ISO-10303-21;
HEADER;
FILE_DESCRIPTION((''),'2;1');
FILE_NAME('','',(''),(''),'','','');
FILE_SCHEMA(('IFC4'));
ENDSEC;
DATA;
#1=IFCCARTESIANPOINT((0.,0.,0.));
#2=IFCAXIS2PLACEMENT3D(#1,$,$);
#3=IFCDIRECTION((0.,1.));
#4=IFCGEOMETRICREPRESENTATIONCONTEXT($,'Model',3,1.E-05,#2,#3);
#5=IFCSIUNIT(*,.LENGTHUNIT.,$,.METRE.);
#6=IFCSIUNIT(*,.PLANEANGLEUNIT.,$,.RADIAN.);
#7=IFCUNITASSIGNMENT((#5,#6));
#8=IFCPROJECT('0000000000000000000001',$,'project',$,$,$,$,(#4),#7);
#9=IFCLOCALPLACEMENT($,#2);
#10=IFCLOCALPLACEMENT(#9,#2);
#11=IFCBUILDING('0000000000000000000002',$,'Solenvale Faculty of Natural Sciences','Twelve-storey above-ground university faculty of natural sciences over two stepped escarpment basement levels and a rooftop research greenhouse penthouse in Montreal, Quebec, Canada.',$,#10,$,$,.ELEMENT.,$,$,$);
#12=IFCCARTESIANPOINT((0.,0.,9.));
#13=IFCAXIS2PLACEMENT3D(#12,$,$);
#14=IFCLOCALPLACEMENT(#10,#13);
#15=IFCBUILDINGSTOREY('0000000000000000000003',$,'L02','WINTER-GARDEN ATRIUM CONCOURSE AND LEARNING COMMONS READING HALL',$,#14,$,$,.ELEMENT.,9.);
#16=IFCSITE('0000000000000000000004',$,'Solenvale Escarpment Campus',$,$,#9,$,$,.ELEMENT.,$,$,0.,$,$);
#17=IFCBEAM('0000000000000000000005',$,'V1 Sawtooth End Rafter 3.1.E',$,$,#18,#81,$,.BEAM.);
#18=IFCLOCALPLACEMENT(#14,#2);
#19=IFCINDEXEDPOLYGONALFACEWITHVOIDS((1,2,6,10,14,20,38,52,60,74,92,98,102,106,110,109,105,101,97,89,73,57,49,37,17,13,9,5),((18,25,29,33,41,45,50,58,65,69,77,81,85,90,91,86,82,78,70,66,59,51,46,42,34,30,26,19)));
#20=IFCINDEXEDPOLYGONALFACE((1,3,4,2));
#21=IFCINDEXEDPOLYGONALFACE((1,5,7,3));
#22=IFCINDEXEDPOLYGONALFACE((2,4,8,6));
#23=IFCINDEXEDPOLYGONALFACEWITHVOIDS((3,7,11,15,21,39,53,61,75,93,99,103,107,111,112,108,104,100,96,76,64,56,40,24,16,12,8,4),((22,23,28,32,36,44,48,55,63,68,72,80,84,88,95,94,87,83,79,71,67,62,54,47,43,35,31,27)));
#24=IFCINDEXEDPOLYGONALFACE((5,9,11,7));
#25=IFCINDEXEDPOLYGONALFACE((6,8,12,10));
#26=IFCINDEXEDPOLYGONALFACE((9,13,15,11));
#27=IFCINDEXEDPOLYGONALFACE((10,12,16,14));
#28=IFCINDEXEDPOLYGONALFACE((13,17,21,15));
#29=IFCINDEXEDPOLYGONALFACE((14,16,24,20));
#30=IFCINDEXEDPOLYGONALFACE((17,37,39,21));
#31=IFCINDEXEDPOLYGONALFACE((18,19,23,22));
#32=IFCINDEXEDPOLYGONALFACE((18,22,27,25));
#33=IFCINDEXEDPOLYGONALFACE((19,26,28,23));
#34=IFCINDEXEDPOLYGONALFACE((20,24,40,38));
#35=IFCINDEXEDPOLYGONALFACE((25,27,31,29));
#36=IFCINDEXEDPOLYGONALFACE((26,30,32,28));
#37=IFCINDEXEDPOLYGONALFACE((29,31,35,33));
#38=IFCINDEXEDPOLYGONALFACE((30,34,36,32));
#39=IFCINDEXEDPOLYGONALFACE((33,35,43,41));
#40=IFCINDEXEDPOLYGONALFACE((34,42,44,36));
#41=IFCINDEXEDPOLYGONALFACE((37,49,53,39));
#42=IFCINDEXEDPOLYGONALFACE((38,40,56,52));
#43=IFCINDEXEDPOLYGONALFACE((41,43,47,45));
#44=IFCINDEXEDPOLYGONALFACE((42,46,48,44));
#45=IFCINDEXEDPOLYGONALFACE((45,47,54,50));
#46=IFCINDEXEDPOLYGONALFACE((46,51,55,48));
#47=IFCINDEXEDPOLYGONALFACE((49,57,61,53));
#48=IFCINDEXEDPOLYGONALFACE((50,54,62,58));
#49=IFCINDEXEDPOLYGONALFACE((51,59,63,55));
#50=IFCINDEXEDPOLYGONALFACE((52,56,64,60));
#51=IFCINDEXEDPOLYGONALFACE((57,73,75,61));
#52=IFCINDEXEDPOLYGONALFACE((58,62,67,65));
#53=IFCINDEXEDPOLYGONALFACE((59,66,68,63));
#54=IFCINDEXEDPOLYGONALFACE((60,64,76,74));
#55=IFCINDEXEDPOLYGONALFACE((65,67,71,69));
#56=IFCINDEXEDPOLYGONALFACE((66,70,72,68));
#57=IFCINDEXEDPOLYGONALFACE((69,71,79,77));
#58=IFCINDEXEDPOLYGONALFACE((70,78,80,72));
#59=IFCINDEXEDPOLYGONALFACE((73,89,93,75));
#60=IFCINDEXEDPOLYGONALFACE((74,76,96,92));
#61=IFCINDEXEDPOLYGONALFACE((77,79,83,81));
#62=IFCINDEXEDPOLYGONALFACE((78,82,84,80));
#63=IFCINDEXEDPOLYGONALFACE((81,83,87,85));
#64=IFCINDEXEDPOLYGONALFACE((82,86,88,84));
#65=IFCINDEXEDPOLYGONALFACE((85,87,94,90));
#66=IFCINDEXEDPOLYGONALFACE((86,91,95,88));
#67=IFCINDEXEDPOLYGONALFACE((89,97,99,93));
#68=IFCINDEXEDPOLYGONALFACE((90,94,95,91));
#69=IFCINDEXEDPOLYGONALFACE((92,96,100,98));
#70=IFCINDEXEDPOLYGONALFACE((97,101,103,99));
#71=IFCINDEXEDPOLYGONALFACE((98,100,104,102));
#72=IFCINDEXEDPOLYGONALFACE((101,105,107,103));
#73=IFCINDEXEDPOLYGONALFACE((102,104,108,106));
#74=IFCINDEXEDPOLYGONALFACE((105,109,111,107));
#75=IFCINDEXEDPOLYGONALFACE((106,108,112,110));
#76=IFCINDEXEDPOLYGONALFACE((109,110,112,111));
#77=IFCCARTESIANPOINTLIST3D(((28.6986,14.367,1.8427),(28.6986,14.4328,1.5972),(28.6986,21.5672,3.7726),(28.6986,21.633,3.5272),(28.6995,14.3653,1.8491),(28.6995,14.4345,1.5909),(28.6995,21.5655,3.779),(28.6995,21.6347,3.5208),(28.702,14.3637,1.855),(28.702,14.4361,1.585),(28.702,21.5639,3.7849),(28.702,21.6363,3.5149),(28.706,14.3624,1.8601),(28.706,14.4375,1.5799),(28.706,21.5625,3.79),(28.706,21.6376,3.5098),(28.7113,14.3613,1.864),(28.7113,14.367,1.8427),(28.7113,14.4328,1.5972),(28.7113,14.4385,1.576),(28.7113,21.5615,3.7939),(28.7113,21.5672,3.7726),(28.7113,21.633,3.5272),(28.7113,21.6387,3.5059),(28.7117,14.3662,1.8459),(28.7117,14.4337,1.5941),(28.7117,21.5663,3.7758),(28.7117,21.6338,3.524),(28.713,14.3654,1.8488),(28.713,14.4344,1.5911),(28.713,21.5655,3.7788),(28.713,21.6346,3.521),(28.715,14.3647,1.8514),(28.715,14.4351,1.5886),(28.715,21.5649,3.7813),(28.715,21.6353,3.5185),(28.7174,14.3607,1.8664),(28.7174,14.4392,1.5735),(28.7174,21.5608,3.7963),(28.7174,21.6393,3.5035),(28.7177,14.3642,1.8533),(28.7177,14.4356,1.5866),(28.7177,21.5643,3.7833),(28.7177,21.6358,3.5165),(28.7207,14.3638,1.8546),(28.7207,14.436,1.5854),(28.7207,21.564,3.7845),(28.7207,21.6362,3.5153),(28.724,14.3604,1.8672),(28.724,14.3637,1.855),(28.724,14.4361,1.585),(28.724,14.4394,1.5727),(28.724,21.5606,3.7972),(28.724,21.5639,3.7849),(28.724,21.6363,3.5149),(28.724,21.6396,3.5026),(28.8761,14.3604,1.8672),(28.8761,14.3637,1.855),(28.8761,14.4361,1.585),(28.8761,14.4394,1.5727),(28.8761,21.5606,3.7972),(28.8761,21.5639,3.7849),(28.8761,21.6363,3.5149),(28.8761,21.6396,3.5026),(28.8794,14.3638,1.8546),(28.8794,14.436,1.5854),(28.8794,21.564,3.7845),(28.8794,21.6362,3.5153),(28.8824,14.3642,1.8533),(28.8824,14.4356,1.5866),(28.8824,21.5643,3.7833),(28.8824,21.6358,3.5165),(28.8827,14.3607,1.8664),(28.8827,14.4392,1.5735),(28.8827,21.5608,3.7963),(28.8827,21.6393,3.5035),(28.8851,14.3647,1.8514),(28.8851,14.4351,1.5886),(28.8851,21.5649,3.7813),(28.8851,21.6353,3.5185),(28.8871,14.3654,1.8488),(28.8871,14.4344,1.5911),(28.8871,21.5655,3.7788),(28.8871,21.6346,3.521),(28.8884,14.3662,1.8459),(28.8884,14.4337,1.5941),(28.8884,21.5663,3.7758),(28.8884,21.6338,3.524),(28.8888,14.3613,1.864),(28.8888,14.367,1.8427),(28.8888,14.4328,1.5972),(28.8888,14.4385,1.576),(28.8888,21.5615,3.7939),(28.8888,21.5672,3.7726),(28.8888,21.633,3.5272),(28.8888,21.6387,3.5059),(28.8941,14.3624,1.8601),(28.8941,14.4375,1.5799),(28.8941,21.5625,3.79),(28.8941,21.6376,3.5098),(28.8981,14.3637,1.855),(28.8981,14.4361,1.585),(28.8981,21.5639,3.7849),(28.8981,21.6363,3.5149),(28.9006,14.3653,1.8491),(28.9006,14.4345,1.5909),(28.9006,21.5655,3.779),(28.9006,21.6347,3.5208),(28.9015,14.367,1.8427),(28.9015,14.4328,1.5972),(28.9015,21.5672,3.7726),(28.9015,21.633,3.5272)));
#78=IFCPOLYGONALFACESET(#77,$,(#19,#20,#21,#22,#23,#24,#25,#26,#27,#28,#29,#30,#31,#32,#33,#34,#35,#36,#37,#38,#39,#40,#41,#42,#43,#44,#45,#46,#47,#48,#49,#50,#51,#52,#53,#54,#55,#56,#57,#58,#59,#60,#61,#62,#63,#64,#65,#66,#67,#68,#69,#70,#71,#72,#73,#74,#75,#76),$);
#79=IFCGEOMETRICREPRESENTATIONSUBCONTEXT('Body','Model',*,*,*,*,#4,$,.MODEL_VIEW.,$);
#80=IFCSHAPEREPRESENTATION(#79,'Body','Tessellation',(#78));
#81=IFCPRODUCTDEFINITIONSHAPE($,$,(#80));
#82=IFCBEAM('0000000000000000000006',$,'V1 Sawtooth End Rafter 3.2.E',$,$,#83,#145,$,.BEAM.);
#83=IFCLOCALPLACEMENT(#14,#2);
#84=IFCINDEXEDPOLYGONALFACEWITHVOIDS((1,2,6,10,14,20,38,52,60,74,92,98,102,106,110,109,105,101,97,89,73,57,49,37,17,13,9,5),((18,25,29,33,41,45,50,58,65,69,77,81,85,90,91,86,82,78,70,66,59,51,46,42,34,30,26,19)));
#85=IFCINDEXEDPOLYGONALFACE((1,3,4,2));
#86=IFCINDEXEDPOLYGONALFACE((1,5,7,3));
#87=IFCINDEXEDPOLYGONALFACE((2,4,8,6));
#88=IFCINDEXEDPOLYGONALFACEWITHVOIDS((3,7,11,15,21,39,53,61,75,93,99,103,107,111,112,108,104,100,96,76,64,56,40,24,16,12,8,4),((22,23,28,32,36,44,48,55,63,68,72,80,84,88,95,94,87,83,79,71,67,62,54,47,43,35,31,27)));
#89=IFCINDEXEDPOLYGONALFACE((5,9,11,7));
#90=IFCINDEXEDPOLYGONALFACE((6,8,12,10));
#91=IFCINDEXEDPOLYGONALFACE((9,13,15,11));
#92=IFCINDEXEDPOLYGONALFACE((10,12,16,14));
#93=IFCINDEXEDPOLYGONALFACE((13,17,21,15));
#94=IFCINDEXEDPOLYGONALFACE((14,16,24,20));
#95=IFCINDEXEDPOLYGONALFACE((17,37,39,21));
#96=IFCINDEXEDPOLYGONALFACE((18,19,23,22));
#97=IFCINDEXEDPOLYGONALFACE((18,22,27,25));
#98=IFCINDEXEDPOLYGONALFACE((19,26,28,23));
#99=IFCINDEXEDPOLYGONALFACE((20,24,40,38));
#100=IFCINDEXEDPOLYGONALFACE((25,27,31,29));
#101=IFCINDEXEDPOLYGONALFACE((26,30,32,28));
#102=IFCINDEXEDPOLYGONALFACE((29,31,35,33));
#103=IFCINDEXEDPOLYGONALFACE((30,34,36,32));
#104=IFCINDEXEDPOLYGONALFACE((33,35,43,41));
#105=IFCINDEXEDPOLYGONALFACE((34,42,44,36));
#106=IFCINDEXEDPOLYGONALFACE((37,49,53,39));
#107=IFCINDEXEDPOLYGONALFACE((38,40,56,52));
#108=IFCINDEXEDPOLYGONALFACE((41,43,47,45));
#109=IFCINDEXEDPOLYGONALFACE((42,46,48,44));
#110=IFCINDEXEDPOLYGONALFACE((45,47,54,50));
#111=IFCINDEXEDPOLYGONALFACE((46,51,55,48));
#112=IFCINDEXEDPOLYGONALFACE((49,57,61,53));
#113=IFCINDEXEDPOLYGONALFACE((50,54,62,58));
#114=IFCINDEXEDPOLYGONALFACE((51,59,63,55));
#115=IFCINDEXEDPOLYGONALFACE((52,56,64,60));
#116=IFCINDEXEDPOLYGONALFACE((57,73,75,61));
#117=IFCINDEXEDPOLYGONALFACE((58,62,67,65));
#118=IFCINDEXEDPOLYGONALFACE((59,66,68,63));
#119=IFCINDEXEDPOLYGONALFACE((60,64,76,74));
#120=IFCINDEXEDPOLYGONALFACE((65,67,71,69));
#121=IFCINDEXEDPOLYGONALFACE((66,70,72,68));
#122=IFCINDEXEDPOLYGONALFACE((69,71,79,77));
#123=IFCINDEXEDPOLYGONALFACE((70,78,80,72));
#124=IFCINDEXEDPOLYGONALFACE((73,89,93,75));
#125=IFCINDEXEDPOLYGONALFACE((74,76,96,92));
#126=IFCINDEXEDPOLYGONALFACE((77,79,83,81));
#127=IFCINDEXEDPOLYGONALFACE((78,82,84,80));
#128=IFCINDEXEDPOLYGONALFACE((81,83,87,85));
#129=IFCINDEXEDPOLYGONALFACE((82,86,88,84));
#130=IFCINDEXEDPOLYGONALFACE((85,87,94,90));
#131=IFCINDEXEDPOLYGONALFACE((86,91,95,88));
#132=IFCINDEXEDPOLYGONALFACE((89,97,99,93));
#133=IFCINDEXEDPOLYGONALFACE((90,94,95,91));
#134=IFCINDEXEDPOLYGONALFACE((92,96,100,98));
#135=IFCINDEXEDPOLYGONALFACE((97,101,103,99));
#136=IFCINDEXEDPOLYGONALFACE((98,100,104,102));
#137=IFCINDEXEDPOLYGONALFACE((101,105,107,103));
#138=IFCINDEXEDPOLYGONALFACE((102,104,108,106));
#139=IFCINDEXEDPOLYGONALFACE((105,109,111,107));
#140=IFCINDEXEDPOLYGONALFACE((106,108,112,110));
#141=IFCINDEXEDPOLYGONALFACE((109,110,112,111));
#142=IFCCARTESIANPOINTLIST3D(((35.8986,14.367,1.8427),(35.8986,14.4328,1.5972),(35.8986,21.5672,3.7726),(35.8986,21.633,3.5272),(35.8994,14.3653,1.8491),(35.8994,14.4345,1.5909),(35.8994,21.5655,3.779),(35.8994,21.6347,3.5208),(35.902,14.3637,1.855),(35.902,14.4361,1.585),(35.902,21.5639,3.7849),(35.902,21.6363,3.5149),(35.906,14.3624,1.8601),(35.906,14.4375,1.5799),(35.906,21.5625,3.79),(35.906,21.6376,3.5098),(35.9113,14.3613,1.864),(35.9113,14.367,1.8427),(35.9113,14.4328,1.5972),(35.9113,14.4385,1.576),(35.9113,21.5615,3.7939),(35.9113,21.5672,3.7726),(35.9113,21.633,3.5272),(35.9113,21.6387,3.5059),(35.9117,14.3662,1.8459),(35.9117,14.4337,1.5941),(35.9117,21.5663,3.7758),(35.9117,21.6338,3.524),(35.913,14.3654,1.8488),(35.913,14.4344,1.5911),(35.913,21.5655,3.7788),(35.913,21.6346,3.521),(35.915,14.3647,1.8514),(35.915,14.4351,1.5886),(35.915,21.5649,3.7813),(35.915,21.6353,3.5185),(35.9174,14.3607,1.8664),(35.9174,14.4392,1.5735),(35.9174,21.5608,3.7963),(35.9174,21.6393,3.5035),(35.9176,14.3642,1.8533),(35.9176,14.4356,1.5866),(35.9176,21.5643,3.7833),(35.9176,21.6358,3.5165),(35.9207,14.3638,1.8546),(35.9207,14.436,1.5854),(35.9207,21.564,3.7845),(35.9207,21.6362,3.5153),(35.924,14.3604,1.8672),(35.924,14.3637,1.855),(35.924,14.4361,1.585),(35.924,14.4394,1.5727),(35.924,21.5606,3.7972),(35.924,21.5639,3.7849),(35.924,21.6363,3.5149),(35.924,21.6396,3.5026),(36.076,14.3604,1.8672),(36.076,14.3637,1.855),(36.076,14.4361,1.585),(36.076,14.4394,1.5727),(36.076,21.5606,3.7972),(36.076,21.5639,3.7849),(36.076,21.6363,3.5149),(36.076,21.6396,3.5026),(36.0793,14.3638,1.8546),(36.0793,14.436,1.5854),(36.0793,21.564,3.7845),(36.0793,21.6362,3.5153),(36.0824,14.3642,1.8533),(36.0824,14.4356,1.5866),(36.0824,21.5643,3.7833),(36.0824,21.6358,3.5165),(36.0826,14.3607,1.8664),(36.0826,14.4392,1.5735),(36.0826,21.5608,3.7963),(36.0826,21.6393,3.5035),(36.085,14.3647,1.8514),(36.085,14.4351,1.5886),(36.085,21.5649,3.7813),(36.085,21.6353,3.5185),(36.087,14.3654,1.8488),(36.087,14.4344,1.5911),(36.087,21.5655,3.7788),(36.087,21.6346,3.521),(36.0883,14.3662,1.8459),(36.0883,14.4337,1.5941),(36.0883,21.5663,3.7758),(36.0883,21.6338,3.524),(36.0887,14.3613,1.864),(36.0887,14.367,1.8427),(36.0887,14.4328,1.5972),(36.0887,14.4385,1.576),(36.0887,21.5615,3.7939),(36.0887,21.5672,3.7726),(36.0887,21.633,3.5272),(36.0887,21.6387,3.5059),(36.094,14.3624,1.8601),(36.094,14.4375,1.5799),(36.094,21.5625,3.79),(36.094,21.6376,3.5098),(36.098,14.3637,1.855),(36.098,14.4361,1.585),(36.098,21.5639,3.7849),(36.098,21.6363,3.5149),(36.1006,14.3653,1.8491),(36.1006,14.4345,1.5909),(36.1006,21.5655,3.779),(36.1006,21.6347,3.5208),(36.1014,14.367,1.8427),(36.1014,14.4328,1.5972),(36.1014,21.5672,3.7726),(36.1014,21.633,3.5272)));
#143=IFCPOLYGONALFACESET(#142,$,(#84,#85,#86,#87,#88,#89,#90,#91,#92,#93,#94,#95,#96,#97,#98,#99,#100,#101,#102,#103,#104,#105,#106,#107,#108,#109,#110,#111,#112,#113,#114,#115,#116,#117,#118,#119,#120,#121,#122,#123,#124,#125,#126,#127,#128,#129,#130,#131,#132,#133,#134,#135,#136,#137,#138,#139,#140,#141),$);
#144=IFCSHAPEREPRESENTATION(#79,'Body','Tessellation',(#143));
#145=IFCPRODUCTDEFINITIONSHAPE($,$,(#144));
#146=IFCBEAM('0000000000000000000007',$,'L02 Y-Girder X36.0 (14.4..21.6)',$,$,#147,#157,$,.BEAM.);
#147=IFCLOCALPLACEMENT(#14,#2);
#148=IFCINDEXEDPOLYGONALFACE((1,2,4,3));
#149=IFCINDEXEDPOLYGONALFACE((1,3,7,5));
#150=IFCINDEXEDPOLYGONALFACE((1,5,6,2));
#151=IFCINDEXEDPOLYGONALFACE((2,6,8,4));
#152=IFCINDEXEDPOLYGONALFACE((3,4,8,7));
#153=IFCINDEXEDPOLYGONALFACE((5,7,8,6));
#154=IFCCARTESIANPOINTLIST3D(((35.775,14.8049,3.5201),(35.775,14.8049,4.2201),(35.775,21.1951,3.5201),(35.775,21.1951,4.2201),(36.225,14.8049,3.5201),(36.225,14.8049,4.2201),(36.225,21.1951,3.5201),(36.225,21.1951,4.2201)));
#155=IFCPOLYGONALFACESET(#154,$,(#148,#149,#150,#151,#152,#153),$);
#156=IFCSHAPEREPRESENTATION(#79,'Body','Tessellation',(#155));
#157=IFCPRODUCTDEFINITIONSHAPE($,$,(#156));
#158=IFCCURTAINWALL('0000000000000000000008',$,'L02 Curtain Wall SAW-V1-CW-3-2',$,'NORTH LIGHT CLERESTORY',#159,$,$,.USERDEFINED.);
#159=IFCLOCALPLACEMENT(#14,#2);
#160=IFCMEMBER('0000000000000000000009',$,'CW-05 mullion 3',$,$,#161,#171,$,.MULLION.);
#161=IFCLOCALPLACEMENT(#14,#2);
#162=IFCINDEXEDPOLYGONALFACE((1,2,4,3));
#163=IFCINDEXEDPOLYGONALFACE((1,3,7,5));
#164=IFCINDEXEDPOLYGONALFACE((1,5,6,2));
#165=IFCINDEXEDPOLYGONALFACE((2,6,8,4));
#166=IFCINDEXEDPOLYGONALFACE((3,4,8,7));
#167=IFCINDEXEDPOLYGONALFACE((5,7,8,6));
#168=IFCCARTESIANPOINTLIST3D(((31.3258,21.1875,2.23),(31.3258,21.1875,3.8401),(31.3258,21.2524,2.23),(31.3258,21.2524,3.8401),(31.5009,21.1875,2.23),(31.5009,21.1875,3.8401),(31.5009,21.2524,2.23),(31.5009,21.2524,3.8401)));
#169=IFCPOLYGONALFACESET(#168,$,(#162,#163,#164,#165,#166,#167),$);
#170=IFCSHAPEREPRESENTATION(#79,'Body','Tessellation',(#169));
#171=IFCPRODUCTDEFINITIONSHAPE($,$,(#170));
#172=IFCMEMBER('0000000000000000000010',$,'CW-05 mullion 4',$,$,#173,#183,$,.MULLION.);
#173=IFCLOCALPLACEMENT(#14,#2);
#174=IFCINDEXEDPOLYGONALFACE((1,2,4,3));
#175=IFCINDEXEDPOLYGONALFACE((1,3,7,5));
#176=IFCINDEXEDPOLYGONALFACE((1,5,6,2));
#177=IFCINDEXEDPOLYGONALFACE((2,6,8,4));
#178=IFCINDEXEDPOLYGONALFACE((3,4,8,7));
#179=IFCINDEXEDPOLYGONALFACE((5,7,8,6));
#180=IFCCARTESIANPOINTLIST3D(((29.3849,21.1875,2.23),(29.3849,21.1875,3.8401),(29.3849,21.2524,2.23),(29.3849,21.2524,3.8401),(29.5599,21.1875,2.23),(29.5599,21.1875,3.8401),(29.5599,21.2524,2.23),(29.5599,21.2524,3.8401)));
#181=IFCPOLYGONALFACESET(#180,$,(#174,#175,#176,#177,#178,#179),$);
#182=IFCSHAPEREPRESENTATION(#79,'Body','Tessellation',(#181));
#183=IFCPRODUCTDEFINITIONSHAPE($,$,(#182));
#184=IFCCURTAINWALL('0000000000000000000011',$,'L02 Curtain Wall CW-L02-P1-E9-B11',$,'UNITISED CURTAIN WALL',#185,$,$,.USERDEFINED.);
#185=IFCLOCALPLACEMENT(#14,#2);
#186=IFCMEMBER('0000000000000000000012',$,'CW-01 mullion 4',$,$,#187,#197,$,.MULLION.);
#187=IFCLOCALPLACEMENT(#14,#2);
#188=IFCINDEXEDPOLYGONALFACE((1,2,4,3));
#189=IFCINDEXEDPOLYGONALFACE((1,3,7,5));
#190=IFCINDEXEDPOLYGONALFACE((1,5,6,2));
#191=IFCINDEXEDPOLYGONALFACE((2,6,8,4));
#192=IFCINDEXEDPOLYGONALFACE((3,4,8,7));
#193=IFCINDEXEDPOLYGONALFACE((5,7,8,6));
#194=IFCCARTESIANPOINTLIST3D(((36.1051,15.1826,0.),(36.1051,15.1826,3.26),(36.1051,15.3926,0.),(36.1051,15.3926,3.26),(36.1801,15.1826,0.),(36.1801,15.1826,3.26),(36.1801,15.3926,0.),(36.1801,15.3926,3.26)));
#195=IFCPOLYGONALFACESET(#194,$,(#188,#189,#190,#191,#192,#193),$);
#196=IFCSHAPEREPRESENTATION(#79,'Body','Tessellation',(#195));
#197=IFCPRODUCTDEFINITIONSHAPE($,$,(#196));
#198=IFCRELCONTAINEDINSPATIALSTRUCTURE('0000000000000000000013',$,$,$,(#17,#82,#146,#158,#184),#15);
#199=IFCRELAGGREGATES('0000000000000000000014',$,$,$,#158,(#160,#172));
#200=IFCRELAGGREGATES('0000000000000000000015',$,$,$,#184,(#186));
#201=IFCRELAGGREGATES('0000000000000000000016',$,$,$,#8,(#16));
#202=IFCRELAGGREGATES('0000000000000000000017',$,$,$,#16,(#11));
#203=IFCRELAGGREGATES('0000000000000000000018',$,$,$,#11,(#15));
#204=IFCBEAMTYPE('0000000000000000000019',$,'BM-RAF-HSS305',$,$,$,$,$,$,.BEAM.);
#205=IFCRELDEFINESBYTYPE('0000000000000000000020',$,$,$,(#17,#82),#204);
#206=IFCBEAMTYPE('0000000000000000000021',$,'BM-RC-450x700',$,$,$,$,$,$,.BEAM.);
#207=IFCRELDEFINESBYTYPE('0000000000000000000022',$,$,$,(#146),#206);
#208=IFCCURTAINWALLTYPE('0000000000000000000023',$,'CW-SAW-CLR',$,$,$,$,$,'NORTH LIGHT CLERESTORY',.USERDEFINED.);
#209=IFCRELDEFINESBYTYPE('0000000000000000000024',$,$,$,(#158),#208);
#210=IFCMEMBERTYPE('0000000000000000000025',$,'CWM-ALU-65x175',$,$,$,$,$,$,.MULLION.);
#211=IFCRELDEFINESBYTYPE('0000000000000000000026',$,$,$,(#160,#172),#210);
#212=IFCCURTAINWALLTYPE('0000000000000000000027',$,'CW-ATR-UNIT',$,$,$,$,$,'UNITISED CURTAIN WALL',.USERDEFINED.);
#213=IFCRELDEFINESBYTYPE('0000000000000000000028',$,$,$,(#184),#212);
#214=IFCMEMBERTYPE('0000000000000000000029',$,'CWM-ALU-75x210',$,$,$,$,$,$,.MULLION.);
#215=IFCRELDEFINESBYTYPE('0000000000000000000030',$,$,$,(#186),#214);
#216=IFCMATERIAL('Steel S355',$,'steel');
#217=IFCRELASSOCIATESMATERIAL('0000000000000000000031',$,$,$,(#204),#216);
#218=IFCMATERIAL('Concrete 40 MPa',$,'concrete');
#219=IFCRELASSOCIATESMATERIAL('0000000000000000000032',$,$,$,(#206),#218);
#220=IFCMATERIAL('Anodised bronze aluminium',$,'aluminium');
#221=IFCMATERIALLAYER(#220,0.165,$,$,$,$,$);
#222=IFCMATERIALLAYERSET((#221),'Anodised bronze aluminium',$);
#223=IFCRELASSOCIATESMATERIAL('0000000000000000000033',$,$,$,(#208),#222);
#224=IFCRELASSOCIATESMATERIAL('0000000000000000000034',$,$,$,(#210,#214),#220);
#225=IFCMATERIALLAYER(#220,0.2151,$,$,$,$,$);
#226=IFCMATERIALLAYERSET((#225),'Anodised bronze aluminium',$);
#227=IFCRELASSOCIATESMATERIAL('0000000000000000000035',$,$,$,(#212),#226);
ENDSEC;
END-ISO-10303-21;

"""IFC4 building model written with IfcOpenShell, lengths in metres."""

from ifc_helpers import new_model, si_unit, direction, frame, origin, origin_2d, place, context, subcontext, project, spatial, rectangle, hollow_rectangle, extrude, material, layer, layer_set, material_profile, profile_set, type_object, element, aggregate, save


model = new_model("IFC4")

# Units and contexts
model_context = context("Model", 3, precision=1e-05, world=origin(), true_north=direction((0.0, 1.0)))
body_context = subcontext(model_context, "Body", "Model", "MODEL_VIEW")
ifc_project = project(units=[si_unit("LENGTHUNIT", "METRE"), si_unit("PLANEANGLEUNIT", "RADIAN")], contexts=[model_context])

# Site, building, storey
site_placement = place(None, origin())
site = spatial("IfcSite", under=ifc_project, at=site_placement, Name="Solenvale Escarpment Campus", CompositionType="ELEMENT", RefElevation=0.0)
building_placement = place(site_placement, origin())
building = spatial("IfcBuilding", under=site, at=building_placement, Name="Solenvale Faculty of Natural Sciences", Description="Twelve-storey above-ground university faculty of natural sciences over two stepped escarpment basement levels and a rooftop research greenhouse penthouse in Montreal, Quebec, Canada.", CompositionType="ELEMENT")
storey_placement = place(building_placement, frame((0.0, 0.0, 9.0)))
storey = spatial("IfcBuildingStorey", under=building, at=storey_placement, Name="L02", Description="WINTER-GARDEN ATRIUM CONCOURSE AND LEARNING COMMONS READING HALL", CompositionType="ELEMENT", Elevation=9.0)

# Beams
ifc_material_1 = material(Name="Steel S355", Category="steel")
ifc_material_profile_1 = material_profile(ifc_material_1, hollow_rectangle(XDim=0.2029, YDim=0.3049, WallThickness=0.0127, InnerFilletRadius=0.0127, OuterFilletRadius=0.0254, at=origin_2d()), Name="HSS305x203x13")
ifc_profile_set_1 = profile_set([ifc_material_profile_1], Name="Steel S355")
beam_type_1 = type_object("IfcBeamType", Name="BM-RAF-HSS305", PredefinedType="BEAM", material=ifc_profile_set_1)
for number, where, z_axis, x_axis, name in (
    (1, (28.8, 14.3999, 1.72), (0.0, 0.965904, 0.2589), (-1.0, 0.0, 0.0), "V1 Sawtooth End Rafter 3.1.E"),
    (2, (36.0, 14.3999, 1.72), (0.0, 0.965904, 0.2589), (-1.0, 0.0, 0.0), "V1 Sawtooth End Rafter 3.2.E"),
):
    element("IfcBeam", number, at=place(storey_placement, frame(where, z_axis=z_axis, x_axis=x_axis)), inside=storey, type_object=beam_type_1, Name=name, PredefinedType="BEAM", context=body_context, shape_type="SweptSolid", body=[
        extrude(hollow_rectangle(XDim=0.2029, YDim=0.3049, WallThickness=0.0127, InnerFilletRadius=0.0127, OuterFilletRadius=0.0254, at=origin_2d()), origin(), (0.0, 0.0, 1.0), 7.4543),
    ])
ifc_material_2 = material(Name="Concrete 40 MPa", Category="concrete")
ifc_material_profile_2 = material_profile(ifc_material_2, rectangle(XDim=0.45, YDim=0.7, at=origin_2d()), Name="RC-BM-450x700")
ifc_profile_set_2 = profile_set([ifc_material_profile_2], Name="Concrete 40 MPa")
beam_type_2 = type_object("IfcBeamType", Name="BM-RC-450x700", PredefinedType="BEAM", material=ifc_profile_set_2)
beam_placement = place(storey_placement, frame((36.0, 14.8049, 3.8701), z_axis=(0.0, 1.0, 0.0), x_axis=(-1.0, 0.0, 0.0)))
element("IfcBeam", 3, at=beam_placement, inside=storey, type_object=beam_type_2, Name="L02 Y-Girder X36.0 (14.4..21.6)", PredefinedType="BEAM", context=body_context, shape_type="SweptSolid", body=[
    extrude(rectangle(XDim=0.45, YDim=0.7, at=origin_2d()), origin(), (0.0, 0.0, 1.0), 6.3901),
])

# Curtain wall, members
ifc_material_3 = material(Name="Anodised bronze aluminium", Category="aluminium")
ifc_layer_1 = layer(ifc_material_3, 0.165)
ifc_layer_set_1 = layer_set([ifc_layer_1], Name="Anodised bronze aluminium")
curtain_wall_type_1 = type_object("IfcCurtainWallType", Name="CW-SAW-CLR", ElementType="NORTH LIGHT CLERESTORY", PredefinedType="USERDEFINED", material=ifc_layer_set_1)
curtain_wall_1_placement = place(storey_placement, origin())
curtain_wall_1 = element("IfcCurtainWall", 4, at=curtain_wall_1_placement, inside=storey, type_object=curtain_wall_type_1, Name="L02 Curtain Wall SAW-V1-CW-3-2", ObjectType="NORTH LIGHT CLERESTORY", PredefinedType="USERDEFINED")
ifc_material_profile_3 = material_profile(ifc_material_3, rectangle(XDim=0.0649, YDim=0.175, at=origin_2d()), Name="ALU-MUL-65x175")
ifc_profile_set_3 = profile_set([ifc_material_profile_3], Name="Anodised bronze aluminium")
member_type_1 = type_object("IfcMemberType", Name="CWM-ALU-65x175", PredefinedType="MULLION", material=ifc_profile_set_3)
member_1_placement = place(storey_placement, frame((31.4133, 21.22, 2.23), z_axis=(0.0, 0.0, 1.0), x_axis=(0.0, -1.0, 0.0)))
member_1 = element("IfcMember", 5, at=member_1_placement, type_object=member_type_1, Name="CW-05 mullion 3", PredefinedType="MULLION", context=body_context, shape_type="SweptSolid", body=[
    extrude(rectangle(XDim=0.0649, YDim=0.175, at=origin_2d()), origin(), (0.0, 0.0, 1.0), 1.6101),
])
member_2_placement = place(storey_placement, frame((29.4724, 21.22, 2.23), z_axis=(0.0, 0.0, 1.0), x_axis=(0.0, -1.0, 0.0)))
member_2 = element("IfcMember", 6, at=member_2_placement, type_object=member_type_1, Name="CW-05 mullion 4", PredefinedType="MULLION", context=body_context, shape_type="SweptSolid", body=[
    extrude(rectangle(XDim=0.0649, YDim=0.175, at=origin_2d()), origin(), (0.0, 0.0, 1.0), 1.6101),
])

# Curtain wall, member
ifc_layer_2 = layer(ifc_material_3, 0.2151)
ifc_layer_set_2 = layer_set([ifc_layer_2], Name="Anodised bronze aluminium")
curtain_wall_type_2 = type_object("IfcCurtainWallType", Name="CW-ATR-UNIT", ElementType="UNITISED CURTAIN WALL", PredefinedType="USERDEFINED", material=ifc_layer_set_2)
curtain_wall_2_placement = place(storey_placement, origin())
curtain_wall_2 = element("IfcCurtainWall", 7, at=curtain_wall_2_placement, inside=storey, type_object=curtain_wall_type_2, Name="L02 Curtain Wall CW-L02-P1-E9-B11", ObjectType="UNITISED CURTAIN WALL", PredefinedType="USERDEFINED")
ifc_material_profile_4 = material_profile(ifc_material_3, rectangle(XDim=0.075, YDim=0.21, at=origin_2d()), Name="ALU-MUL-75x210")
ifc_profile_set_4 = profile_set([ifc_material_profile_4], Name="Anodised bronze aluminium")
member_type_2 = type_object("IfcMemberType", Name="CWM-ALU-75x210", PredefinedType="MULLION", material=ifc_profile_set_4)
member_3_placement = place(storey_placement, frame((36.1426, 15.2876, 0.0), z_axis=(0.0, 0.0, 1.0), x_axis=(1.0, 0.0, 0.0)))
member_3 = element("IfcMember", 8, at=member_3_placement, type_object=member_type_2, Name="CW-01 mullion 4", PredefinedType="MULLION", context=body_context, shape_type="SweptSolid", body=[
    extrude(rectangle(XDim=0.075, YDim=0.21, at=origin_2d()), origin(), (0.0, 0.0, 1.0), 3.26),
])

aggregate(curtain_wall_1, [member_1, member_2])
aggregate(curtain_wall_2, [member_3])

save(model, "model.ifc")
